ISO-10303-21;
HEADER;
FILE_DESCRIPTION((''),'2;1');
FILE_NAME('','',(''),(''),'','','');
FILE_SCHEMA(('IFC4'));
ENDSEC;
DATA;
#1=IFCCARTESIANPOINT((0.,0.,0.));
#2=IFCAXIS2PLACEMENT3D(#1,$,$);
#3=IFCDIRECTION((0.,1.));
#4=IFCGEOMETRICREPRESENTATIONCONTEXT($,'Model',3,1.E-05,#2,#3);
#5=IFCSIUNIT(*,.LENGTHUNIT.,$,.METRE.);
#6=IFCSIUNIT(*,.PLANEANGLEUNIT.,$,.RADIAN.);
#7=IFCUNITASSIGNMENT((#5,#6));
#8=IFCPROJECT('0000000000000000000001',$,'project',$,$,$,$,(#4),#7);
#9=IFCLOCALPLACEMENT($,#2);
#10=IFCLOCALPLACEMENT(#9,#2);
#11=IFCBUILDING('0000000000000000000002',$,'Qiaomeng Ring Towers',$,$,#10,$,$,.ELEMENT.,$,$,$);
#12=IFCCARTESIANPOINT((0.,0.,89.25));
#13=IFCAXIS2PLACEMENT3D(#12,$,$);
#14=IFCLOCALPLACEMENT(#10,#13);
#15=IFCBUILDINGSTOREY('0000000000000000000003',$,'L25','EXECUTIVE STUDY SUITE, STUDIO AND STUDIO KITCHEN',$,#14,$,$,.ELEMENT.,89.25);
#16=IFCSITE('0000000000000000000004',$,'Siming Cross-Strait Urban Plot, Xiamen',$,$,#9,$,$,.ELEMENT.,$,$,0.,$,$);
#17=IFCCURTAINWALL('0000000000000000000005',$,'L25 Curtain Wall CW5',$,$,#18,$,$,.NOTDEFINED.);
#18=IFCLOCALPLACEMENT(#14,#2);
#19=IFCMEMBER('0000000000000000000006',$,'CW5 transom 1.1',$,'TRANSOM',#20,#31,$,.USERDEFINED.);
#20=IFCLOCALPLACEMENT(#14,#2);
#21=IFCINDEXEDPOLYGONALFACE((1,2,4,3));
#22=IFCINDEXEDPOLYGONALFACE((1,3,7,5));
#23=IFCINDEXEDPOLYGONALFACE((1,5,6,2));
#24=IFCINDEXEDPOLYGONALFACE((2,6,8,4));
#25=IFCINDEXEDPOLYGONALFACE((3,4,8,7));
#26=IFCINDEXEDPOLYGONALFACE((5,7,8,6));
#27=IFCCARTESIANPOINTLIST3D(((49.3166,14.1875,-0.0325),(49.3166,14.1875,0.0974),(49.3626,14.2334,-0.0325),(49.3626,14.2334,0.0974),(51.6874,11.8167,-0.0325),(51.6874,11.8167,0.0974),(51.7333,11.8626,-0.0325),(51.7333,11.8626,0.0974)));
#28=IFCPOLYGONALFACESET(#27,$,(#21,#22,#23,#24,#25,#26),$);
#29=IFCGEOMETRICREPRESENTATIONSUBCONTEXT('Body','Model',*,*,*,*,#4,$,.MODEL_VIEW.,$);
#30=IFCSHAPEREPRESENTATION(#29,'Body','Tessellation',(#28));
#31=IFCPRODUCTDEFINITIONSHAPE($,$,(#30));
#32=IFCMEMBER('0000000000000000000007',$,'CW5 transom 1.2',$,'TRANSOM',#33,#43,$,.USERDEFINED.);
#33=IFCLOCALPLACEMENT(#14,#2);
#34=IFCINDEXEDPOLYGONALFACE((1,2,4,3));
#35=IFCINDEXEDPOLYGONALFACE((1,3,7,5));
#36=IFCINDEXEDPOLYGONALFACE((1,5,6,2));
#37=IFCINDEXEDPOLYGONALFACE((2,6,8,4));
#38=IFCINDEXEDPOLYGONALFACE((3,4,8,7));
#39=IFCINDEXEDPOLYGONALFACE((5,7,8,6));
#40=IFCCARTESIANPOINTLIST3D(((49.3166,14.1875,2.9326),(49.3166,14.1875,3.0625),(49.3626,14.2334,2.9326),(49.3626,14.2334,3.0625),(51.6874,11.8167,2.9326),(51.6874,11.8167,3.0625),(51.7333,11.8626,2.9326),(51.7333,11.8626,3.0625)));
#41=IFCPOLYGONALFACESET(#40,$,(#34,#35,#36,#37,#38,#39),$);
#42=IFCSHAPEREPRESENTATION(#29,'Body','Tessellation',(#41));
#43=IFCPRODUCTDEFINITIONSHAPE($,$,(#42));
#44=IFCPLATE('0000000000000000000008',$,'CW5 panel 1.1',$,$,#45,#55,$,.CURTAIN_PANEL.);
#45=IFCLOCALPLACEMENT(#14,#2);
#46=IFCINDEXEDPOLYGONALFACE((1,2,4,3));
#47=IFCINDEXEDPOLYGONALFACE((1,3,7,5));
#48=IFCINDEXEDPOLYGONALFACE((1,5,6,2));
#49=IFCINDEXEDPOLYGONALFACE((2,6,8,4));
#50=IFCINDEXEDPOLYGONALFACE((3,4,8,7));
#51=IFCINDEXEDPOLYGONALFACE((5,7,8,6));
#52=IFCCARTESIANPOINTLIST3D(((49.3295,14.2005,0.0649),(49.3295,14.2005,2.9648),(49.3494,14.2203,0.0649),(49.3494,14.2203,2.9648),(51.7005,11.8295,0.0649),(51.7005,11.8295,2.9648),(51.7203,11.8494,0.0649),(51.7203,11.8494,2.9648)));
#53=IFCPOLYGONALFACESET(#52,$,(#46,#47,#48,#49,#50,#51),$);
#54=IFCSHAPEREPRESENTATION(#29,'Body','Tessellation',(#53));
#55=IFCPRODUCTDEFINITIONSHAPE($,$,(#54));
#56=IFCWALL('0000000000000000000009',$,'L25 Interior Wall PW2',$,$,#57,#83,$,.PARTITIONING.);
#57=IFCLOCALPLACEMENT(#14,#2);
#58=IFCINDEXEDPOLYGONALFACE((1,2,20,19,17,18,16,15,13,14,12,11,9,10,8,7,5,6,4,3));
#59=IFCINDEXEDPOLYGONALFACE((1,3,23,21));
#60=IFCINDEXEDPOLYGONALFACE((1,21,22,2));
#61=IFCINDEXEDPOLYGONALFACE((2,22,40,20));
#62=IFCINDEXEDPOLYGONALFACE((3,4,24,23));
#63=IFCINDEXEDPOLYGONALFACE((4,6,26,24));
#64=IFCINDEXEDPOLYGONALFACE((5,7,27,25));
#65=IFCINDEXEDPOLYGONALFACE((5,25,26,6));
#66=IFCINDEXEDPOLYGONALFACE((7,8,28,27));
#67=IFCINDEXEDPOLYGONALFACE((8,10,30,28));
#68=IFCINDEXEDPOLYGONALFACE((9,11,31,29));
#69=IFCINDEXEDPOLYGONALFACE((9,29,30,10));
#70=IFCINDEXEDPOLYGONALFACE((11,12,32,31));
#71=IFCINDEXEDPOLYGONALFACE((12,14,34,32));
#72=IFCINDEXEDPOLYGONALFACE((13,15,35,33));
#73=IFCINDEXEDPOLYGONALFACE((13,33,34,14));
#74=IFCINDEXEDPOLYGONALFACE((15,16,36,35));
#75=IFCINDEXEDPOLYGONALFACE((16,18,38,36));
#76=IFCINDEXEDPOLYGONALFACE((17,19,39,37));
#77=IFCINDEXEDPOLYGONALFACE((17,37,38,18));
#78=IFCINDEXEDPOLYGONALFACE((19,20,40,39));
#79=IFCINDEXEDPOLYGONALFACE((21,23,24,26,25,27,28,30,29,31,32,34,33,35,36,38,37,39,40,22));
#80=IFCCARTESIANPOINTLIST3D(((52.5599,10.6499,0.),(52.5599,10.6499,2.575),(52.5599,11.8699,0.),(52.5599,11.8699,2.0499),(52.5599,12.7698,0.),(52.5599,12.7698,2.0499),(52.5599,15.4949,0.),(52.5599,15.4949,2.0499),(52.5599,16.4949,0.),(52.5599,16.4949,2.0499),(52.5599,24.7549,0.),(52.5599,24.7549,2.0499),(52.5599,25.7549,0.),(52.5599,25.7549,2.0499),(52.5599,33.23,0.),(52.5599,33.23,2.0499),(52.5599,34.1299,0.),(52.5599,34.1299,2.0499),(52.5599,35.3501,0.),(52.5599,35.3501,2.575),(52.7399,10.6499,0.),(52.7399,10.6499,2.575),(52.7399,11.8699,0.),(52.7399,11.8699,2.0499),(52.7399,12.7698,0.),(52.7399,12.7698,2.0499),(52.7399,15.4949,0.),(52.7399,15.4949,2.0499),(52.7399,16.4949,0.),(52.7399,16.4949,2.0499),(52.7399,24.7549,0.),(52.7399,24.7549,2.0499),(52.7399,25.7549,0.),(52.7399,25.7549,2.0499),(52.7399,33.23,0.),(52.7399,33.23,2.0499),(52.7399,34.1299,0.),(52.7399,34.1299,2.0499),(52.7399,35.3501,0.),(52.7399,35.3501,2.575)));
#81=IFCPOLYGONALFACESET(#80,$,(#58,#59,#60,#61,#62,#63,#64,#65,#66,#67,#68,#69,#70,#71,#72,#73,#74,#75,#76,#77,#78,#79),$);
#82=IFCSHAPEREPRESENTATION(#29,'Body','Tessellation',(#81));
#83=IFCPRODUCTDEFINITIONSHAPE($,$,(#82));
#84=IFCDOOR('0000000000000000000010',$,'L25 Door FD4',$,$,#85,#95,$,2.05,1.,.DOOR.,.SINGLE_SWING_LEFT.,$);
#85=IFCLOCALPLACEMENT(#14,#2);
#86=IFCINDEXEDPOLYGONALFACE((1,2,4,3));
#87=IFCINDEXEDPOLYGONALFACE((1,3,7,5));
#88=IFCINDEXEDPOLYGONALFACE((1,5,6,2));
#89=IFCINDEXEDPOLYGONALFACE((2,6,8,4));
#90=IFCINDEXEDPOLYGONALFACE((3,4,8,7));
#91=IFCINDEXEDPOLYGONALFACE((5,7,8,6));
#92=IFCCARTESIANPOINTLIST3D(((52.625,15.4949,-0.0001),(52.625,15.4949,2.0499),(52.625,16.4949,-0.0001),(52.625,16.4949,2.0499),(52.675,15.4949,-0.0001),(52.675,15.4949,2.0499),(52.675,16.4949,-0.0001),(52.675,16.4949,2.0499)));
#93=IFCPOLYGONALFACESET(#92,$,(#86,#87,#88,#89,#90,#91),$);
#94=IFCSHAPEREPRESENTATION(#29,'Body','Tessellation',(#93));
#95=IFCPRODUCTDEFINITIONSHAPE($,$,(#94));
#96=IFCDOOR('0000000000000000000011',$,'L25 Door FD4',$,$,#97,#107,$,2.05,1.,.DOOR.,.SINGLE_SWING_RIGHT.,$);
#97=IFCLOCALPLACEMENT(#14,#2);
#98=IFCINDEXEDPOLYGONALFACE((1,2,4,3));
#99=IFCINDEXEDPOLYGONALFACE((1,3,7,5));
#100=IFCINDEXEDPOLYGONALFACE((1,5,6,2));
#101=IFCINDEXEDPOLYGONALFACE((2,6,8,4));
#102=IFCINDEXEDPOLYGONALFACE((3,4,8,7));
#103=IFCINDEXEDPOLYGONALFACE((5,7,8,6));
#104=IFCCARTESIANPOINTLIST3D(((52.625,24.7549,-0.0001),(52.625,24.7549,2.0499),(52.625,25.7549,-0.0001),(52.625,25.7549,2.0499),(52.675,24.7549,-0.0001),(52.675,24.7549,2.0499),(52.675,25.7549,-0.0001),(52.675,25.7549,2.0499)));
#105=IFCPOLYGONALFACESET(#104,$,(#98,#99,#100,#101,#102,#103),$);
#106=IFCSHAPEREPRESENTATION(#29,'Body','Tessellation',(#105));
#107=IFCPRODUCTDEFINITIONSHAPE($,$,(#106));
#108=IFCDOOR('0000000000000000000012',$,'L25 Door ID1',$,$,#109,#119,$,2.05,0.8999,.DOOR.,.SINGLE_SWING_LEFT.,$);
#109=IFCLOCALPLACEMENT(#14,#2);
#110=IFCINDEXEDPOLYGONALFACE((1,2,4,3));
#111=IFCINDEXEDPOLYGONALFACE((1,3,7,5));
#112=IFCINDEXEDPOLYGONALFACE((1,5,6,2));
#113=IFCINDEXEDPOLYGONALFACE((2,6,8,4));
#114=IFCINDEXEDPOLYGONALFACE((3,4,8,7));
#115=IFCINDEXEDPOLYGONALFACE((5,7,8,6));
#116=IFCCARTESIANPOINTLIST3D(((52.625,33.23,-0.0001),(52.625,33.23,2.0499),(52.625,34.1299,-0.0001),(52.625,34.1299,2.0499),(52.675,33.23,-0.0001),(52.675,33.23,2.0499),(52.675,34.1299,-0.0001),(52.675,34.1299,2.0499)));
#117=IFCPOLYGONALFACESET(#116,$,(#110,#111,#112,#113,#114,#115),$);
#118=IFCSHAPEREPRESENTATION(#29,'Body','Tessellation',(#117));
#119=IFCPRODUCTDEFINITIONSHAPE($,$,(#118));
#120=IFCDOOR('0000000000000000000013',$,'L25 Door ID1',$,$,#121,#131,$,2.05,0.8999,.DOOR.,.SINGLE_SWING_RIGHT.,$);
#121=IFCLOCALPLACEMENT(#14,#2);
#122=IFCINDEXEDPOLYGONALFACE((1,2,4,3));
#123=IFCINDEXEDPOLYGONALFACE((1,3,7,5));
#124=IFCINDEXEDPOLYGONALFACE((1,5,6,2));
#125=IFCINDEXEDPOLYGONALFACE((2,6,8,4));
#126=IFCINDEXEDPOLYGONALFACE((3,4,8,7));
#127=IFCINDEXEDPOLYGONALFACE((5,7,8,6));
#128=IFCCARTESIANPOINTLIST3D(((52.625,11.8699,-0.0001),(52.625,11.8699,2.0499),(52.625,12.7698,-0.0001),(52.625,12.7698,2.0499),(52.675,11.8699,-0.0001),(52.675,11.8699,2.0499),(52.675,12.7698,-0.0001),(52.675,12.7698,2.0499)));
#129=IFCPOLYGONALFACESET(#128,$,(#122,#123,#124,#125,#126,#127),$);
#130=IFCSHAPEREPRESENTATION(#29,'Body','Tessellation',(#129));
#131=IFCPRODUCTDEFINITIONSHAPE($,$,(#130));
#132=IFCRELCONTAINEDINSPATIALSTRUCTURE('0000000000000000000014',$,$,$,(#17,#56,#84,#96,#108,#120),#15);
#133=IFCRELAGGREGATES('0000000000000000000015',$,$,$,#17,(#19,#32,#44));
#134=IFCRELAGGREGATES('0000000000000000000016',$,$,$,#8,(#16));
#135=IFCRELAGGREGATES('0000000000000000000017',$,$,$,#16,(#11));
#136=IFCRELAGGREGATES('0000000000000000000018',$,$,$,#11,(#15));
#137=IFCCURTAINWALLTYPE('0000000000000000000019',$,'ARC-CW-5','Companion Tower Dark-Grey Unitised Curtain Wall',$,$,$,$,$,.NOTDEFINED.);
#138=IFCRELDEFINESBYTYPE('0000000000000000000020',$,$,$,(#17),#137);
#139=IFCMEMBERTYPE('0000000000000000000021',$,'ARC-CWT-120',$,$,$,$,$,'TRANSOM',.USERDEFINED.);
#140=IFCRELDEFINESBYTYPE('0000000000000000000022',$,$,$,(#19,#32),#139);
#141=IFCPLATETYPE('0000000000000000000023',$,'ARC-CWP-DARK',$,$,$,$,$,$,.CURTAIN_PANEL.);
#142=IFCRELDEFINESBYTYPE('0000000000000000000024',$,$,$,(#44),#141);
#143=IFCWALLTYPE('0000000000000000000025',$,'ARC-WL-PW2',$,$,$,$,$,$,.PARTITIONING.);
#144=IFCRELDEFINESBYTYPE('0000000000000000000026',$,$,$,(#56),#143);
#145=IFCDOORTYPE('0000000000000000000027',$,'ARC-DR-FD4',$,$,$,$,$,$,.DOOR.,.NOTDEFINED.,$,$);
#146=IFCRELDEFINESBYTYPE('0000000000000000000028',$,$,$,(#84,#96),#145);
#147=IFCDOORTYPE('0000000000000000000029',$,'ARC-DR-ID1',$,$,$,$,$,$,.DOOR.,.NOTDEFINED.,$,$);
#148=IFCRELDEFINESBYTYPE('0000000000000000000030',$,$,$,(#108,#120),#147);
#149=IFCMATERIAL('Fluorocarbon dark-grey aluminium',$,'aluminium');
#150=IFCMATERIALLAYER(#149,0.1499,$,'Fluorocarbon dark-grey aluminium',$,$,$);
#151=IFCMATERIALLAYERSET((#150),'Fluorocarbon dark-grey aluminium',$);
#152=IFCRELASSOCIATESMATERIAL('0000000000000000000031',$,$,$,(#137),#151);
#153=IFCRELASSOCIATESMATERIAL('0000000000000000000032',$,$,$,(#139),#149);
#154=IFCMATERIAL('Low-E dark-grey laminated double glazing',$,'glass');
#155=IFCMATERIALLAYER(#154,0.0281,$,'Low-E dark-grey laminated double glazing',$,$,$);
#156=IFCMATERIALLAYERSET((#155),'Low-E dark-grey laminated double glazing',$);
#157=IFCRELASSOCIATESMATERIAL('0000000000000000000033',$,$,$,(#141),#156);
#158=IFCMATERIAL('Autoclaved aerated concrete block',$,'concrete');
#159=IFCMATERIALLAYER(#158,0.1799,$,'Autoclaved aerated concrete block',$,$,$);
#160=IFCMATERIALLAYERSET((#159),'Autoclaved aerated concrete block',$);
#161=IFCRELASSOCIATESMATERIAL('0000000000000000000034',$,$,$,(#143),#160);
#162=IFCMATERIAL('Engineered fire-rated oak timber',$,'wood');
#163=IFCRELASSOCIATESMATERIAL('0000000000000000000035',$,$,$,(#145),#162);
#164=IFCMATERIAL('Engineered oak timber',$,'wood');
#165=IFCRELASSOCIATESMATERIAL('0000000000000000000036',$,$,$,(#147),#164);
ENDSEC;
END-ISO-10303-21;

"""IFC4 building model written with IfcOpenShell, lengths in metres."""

from ifc_helpers import new_model, si_unit, direction, frame, frame_2d, origin, origin_2d, place, context, subcontext, project, spatial, rectangle, extrude, source, transform, mapped, material, layer, layer_set, material_profile, profile_set, type_object, element, fill, aggregate, save


model = new_model("IFC4")

# Units and contexts
model_context = context("Model", 3, precision=1e-05, world=origin(), true_north=direction((0.0, 1.0)))
body_context = subcontext(model_context, "Body", "Model", "MODEL_VIEW")
ifc_project = project(units=[si_unit("LENGTHUNIT", "METRE"), si_unit("PLANEANGLEUNIT", "RADIAN")], contexts=[model_context])

# Site, building, storey
site_placement = place(None, origin())
site = spatial("IfcSite", under=ifc_project, at=site_placement, Name="Siming Cross-Strait Urban Plot, Xiamen", CompositionType="ELEMENT", RefElevation=0.0)
building_placement = place(site_placement, origin())
building = spatial("IfcBuilding", under=site, at=building_placement, Name="Qiaomeng Ring Towers", CompositionType="ELEMENT")
storey_placement = place(building_placement, frame((0.0, 0.0, 89.25)))
storey = spatial("IfcBuildingStorey", under=building, at=storey_placement, Name="L25", Description="EXECUTIVE STUDY SUITE, STUDIO AND STUDIO KITCHEN", CompositionType="ELEMENT", Elevation=89.25)

# Curtain wall
ifc_material_1 = material(Name="Fluorocarbon dark-grey aluminium", Category="aluminium")
ifc_layer_1 = layer(ifc_material_1, 0.1499, Name="Fluorocarbon dark-grey aluminium")
ifc_layer_set_1 = layer_set([ifc_layer_1], Name="Fluorocarbon dark-grey aluminium")
curtain_wall_type = type_object("IfcCurtainWallType", Name="ARC-CW-5", Description="Companion Tower Dark-Grey Unitised Curtain Wall", PredefinedType="NOTDEFINED", material=ifc_layer_set_1)
curtain_wall_1_placement = place(storey_placement, origin())
curtain_wall_1 = element("IfcCurtainWall", 1, at=curtain_wall_1_placement, inside=storey, type_object=curtain_wall_type, Name="L25 Curtain Wall CW5", PredefinedType="NOTDEFINED")

# Shared definitions
ifc_material_profile_1 = material_profile(ifc_material_1, rectangle(XDim=0.0649, YDim=0.1299, at=origin_2d()), Name="ALU TRAN 65x130")
ifc_profile_set_1 = profile_set([ifc_material_profile_1], Name="Fluorocarbon dark-grey aluminium")
member_type_1 = type_object("IfcMemberType", Name="ARC-CWT-120", ElementType="TRANSOM", PredefinedType="USERDEFINED", material=ifc_profile_set_1)

# Members
shared_shape_1 = source(origin(), body_context, "Body", "SweptSolid", [
    extrude(rectangle(XDim=0.0649, YDim=0.1299, at=origin_2d()), origin(), (0.0, 0.0, 1.0), 3.3528),
])
member_1_placement = place(storey_placement, frame((49.3396, 14.2104, 0.0325), z_axis=(0.707107, -0.707107, 0.0), x_axis=(0.707107, 0.707107, 0.0)))
member_1 = element("IfcMember", 2, at=member_1_placement, type_object=member_type_1, Name="CW5 transom 1.1", ObjectType="TRANSOM", PredefinedType="USERDEFINED", context=body_context, shape_type="MappedRepresentation", body=[
    mapped(shared_shape_1, transform((0.0, 0.0, 0.0), x_axis=(1.0, 0.0, 0.0), y_axis=(0.0, 1.0, 0.0), z_axis=(0.0, 0.0, 1.0), scale=1.0)),
])
member_2_placement = place(storey_placement, frame((49.3396, 14.2104, 2.9976), z_axis=(0.707107, -0.707107, 0.0), x_axis=(0.707107, 0.707107, 0.0)))
member_2 = element("IfcMember", 3, at=member_2_placement, type_object=member_type_1, Name="CW5 transom 1.2", ObjectType="TRANSOM", PredefinedType="USERDEFINED", context=body_context, shape_type="MappedRepresentation", body=[
    mapped(shared_shape_1, transform((0.0, 0.0, 0.0), x_axis=(1.0, 0.0, 0.0), y_axis=(0.0, 1.0, 0.0), z_axis=(0.0, 0.0, 1.0), scale=1.0)),
])

# Plate
ifc_material_2 = material(Name="Low-E dark-grey laminated double glazing", Category="glass")
ifc_layer_2 = layer(ifc_material_2, 0.0281, Name="Low-E dark-grey laminated double glazing")
ifc_layer_set_2 = layer_set([ifc_layer_2], Name="Low-E dark-grey laminated double glazing")
plate_type = type_object("IfcPlateType", Name="ARC-CWP-DARK", PredefinedType="CURTAIN_PANEL", material=ifc_layer_set_2)
shared_shape_2 = source(origin(), body_context, "Body", "SweptSolid", [
    extrude(rectangle(XDim=3.353, YDim=0.0281, at=origin_2d()), origin(), (0.0, 0.0, 1.0), 2.8999),
])
plate_placement = place(storey_placement, frame((50.5249, 13.0249, 0.0649), z_axis=(0.0, 0.0, 1.0), x_axis=(0.707107, -0.707107, 0.0)))
plate = element("IfcPlate", 4, at=plate_placement, type_object=plate_type, Name="CW5 panel 1.1", PredefinedType="CURTAIN_PANEL", context=body_context, shape_type="MappedRepresentation", body=[
    mapped(shared_shape_2, transform((0.0, 0.0, 0.0), x_axis=(1.0, 0.0, 0.0), y_axis=(0.0, 1.0, 0.0), z_axis=(0.0, 0.0, 1.0), scale=1.0)),
])
aggregate(curtain_wall_1, [member_1, member_2, plate])

# Wall, openings, doors
ifc_material_3 = material(Name="Autoclaved aerated concrete block", Category="concrete")
ifc_layer_3 = layer(ifc_material_3, 0.1799, Name="Autoclaved aerated concrete block")
ifc_layer_set_3 = layer_set([ifc_layer_3], Name="Autoclaved aerated concrete block")
wall_type_1 = type_object("IfcWallType", Name="ARC-WL-PW2", PredefinedType="PARTITIONING", material=ifc_layer_set_3)
wall_1_placement = place(storey_placement, frame((52.6499, 10.6499, 0.0), z_axis=(0.0, 0.0, 1.0), x_axis=(0.0, 1.0, 0.0)))
wall_1 = element("IfcWall", 5, at=wall_1_placement, inside=storey, type_object=wall_type_1, Name="L25 Interior Wall PW2", PredefinedType="PARTITIONING", context=body_context, shape_type="SweptSolid", body=[
    extrude(rectangle(XDim=24.7002, YDim=0.1799, at=frame_2d((12.3501, 0.0))), origin(), (0.0, 0.0, 1.0), 2.575),
])
opening_1_placement = place(wall_1_placement, frame((22.5801, 0.0, 0.0)))
opening_1 = element("IfcOpeningElement", 6, at=opening_1_placement, cuts=wall_1, PredefinedType="OPENING", context=body_context, shape_type="SweptSolid", body=[
    extrude(rectangle(XDim=0.8999, YDim=2.05, at=frame_2d((0.45, 1.0249))), frame((0.0, 0.0999, 0.0), z_axis=(0.0, -1.0, 0.0), x_axis=(1.0, 0.0, 0.0)), (0.0, 0.0, 1.0), 0.2),
])
opening_2_placement = place(wall_1_placement, frame((1.22, 0.0, 0.0)))
opening_2 = element("IfcOpeningElement", 7, at=opening_2_placement, cuts=wall_1, PredefinedType="OPENING", context=body_context, shape_type="SweptSolid", body=[
    extrude(rectangle(XDim=0.8999, YDim=2.05, at=frame_2d((0.45, 1.0249))), frame((0.0, 0.0999, 0.0), z_axis=(0.0, -1.0, 0.0), x_axis=(1.0, 0.0, 0.0)), (0.0, 0.0, 1.0), 0.2),
])
opening_3_placement = place(wall_1_placement, frame((4.845, 0.0, 0.0)))
opening_3 = element("IfcOpeningElement", 8, at=opening_3_placement, cuts=wall_1, PredefinedType="OPENING", context=body_context, shape_type="SweptSolid", body=[
    extrude(rectangle(XDim=1.0, YDim=2.05, at=frame_2d((0.5, 1.0249))), frame((0.0, 0.0999, 0.0), z_axis=(0.0, -1.0, 0.0), x_axis=(1.0, 0.0, 0.0)), (0.0, 0.0, 1.0), 0.2),
])
opening_4_placement = place(wall_1_placement, frame((14.105, 0.0, 0.0)))
opening_4 = element("IfcOpeningElement", 9, at=opening_4_placement, cuts=wall_1, PredefinedType="OPENING", context=body_context, shape_type="SweptSolid", body=[
    extrude(rectangle(XDim=1.0, YDim=2.05, at=frame_2d((0.5, 1.0249))), frame((0.0, 0.0999, 0.0), z_axis=(0.0, -1.0, 0.0), x_axis=(1.0, 0.0, 0.0)), (0.0, 0.0, 1.0), 0.2),
])
ifc_material_4 = material(Name="Engineered fire-rated oak timber", Category="wood")
door_type_1 = type_object("IfcDoorType", Name="ARC-DR-FD4", OperationType="NOTDEFINED", PredefinedType="DOOR", material=ifc_material_4)
shared_shape_3 = source(origin(), body_context, "Body", "SweptSolid", [
    extrude(rectangle(XDim=1.0, YDim=2.05, at=frame_2d((0.5, 1.0249))), frame((0.0, 0.0249, 0.0), z_axis=(0.0, -1.0, 0.0), x_axis=(1.0, 0.0, 0.0)), (0.0, 0.0, 1.0), 0.05),
])
door_1_placement = place(opening_3_placement, origin())
door_1 = element("IfcDoor", 10, at=door_1_placement, inside=storey, type_object=door_type_1, Name="L25 Door FD4", OperationType="SINGLE_SWING_LEFT", OverallHeight=2.05, OverallWidth=1.0, PredefinedType="DOOR", context=body_context, shape_type="MappedRepresentation", body=[
    mapped(shared_shape_3, transform((0.0, 0.0, 0.0), x_axis=(1.0, 0.0, 0.0), y_axis=(0.0, 1.0, 0.0), z_axis=(0.0, 0.0, 1.0), scale=1.0)),
])
fill(opening_3, door_1)
door_2_placement = place(opening_4_placement, origin())
door_2 = element("IfcDoor", 11, at=door_2_placement, inside=storey, type_object=door_type_1, Name="L25 Door FD4", OperationType="SINGLE_SWING_RIGHT", OverallHeight=2.05, OverallWidth=1.0, PredefinedType="DOOR", context=body_context, shape_type="MappedRepresentation", body=[
    mapped(shared_shape_3, transform((0.0, 0.0, 0.0), x_axis=(1.0, 0.0, 0.0), y_axis=(0.0, 1.0, 0.0), z_axis=(0.0, 0.0, 1.0), scale=1.0)),
])
fill(opening_4, door_2)
ifc_material_5 = material(Name="Engineered oak timber", Category="wood")
door_type_2 = type_object("IfcDoorType", Name="ARC-DR-ID1", OperationType="NOTDEFINED", PredefinedType="DOOR", material=ifc_material_5)
shared_shape_4 = source(origin(), body_context, "Body", "SweptSolid", [
    extrude(rectangle(XDim=0.8999, YDim=2.05, at=frame_2d((0.45, 1.0249))), frame((0.0, 0.0249, 0.0), z_axis=(0.0, -1.0, 0.0), x_axis=(1.0, 0.0, 0.0)), (0.0, 0.0, 1.0), 0.05),
])
door_3_placement = place(opening_1_placement, origin())
door_3 = element("IfcDoor", 12, at=door_3_placement, inside=storey, type_object=door_type_2, Name="L25 Door ID1", OperationType="SINGLE_SWING_LEFT", OverallHeight=2.05, OverallWidth=0.8999, PredefinedType="DOOR", context=body_context, shape_type="MappedRepresentation", body=[
    mapped(shared_shape_4, transform((0.0, 0.0, 0.0), x_axis=(1.0, 0.0, 0.0), y_axis=(0.0, 1.0, 0.0), z_axis=(0.0, 0.0, 1.0), scale=1.0)),
])
fill(opening_1, door_3)
door_4_placement = place(opening_2_placement, origin())
door_4 = element("IfcDoor", 13, at=door_4_placement, inside=storey, type_object=door_type_2, Name="L25 Door ID1", OperationType="SINGLE_SWING_RIGHT", OverallHeight=2.05, OverallWidth=0.8999, PredefinedType="DOOR", context=body_context, shape_type="MappedRepresentation", body=[
    mapped(shared_shape_4, transform((0.0, 0.0, 0.0), x_axis=(1.0, 0.0, 0.0), y_axis=(0.0, 1.0, 0.0), z_axis=(0.0, 0.0, 1.0), scale=1.0)),
])
fill(opening_2, door_4)

save(model, "model.ifc")
